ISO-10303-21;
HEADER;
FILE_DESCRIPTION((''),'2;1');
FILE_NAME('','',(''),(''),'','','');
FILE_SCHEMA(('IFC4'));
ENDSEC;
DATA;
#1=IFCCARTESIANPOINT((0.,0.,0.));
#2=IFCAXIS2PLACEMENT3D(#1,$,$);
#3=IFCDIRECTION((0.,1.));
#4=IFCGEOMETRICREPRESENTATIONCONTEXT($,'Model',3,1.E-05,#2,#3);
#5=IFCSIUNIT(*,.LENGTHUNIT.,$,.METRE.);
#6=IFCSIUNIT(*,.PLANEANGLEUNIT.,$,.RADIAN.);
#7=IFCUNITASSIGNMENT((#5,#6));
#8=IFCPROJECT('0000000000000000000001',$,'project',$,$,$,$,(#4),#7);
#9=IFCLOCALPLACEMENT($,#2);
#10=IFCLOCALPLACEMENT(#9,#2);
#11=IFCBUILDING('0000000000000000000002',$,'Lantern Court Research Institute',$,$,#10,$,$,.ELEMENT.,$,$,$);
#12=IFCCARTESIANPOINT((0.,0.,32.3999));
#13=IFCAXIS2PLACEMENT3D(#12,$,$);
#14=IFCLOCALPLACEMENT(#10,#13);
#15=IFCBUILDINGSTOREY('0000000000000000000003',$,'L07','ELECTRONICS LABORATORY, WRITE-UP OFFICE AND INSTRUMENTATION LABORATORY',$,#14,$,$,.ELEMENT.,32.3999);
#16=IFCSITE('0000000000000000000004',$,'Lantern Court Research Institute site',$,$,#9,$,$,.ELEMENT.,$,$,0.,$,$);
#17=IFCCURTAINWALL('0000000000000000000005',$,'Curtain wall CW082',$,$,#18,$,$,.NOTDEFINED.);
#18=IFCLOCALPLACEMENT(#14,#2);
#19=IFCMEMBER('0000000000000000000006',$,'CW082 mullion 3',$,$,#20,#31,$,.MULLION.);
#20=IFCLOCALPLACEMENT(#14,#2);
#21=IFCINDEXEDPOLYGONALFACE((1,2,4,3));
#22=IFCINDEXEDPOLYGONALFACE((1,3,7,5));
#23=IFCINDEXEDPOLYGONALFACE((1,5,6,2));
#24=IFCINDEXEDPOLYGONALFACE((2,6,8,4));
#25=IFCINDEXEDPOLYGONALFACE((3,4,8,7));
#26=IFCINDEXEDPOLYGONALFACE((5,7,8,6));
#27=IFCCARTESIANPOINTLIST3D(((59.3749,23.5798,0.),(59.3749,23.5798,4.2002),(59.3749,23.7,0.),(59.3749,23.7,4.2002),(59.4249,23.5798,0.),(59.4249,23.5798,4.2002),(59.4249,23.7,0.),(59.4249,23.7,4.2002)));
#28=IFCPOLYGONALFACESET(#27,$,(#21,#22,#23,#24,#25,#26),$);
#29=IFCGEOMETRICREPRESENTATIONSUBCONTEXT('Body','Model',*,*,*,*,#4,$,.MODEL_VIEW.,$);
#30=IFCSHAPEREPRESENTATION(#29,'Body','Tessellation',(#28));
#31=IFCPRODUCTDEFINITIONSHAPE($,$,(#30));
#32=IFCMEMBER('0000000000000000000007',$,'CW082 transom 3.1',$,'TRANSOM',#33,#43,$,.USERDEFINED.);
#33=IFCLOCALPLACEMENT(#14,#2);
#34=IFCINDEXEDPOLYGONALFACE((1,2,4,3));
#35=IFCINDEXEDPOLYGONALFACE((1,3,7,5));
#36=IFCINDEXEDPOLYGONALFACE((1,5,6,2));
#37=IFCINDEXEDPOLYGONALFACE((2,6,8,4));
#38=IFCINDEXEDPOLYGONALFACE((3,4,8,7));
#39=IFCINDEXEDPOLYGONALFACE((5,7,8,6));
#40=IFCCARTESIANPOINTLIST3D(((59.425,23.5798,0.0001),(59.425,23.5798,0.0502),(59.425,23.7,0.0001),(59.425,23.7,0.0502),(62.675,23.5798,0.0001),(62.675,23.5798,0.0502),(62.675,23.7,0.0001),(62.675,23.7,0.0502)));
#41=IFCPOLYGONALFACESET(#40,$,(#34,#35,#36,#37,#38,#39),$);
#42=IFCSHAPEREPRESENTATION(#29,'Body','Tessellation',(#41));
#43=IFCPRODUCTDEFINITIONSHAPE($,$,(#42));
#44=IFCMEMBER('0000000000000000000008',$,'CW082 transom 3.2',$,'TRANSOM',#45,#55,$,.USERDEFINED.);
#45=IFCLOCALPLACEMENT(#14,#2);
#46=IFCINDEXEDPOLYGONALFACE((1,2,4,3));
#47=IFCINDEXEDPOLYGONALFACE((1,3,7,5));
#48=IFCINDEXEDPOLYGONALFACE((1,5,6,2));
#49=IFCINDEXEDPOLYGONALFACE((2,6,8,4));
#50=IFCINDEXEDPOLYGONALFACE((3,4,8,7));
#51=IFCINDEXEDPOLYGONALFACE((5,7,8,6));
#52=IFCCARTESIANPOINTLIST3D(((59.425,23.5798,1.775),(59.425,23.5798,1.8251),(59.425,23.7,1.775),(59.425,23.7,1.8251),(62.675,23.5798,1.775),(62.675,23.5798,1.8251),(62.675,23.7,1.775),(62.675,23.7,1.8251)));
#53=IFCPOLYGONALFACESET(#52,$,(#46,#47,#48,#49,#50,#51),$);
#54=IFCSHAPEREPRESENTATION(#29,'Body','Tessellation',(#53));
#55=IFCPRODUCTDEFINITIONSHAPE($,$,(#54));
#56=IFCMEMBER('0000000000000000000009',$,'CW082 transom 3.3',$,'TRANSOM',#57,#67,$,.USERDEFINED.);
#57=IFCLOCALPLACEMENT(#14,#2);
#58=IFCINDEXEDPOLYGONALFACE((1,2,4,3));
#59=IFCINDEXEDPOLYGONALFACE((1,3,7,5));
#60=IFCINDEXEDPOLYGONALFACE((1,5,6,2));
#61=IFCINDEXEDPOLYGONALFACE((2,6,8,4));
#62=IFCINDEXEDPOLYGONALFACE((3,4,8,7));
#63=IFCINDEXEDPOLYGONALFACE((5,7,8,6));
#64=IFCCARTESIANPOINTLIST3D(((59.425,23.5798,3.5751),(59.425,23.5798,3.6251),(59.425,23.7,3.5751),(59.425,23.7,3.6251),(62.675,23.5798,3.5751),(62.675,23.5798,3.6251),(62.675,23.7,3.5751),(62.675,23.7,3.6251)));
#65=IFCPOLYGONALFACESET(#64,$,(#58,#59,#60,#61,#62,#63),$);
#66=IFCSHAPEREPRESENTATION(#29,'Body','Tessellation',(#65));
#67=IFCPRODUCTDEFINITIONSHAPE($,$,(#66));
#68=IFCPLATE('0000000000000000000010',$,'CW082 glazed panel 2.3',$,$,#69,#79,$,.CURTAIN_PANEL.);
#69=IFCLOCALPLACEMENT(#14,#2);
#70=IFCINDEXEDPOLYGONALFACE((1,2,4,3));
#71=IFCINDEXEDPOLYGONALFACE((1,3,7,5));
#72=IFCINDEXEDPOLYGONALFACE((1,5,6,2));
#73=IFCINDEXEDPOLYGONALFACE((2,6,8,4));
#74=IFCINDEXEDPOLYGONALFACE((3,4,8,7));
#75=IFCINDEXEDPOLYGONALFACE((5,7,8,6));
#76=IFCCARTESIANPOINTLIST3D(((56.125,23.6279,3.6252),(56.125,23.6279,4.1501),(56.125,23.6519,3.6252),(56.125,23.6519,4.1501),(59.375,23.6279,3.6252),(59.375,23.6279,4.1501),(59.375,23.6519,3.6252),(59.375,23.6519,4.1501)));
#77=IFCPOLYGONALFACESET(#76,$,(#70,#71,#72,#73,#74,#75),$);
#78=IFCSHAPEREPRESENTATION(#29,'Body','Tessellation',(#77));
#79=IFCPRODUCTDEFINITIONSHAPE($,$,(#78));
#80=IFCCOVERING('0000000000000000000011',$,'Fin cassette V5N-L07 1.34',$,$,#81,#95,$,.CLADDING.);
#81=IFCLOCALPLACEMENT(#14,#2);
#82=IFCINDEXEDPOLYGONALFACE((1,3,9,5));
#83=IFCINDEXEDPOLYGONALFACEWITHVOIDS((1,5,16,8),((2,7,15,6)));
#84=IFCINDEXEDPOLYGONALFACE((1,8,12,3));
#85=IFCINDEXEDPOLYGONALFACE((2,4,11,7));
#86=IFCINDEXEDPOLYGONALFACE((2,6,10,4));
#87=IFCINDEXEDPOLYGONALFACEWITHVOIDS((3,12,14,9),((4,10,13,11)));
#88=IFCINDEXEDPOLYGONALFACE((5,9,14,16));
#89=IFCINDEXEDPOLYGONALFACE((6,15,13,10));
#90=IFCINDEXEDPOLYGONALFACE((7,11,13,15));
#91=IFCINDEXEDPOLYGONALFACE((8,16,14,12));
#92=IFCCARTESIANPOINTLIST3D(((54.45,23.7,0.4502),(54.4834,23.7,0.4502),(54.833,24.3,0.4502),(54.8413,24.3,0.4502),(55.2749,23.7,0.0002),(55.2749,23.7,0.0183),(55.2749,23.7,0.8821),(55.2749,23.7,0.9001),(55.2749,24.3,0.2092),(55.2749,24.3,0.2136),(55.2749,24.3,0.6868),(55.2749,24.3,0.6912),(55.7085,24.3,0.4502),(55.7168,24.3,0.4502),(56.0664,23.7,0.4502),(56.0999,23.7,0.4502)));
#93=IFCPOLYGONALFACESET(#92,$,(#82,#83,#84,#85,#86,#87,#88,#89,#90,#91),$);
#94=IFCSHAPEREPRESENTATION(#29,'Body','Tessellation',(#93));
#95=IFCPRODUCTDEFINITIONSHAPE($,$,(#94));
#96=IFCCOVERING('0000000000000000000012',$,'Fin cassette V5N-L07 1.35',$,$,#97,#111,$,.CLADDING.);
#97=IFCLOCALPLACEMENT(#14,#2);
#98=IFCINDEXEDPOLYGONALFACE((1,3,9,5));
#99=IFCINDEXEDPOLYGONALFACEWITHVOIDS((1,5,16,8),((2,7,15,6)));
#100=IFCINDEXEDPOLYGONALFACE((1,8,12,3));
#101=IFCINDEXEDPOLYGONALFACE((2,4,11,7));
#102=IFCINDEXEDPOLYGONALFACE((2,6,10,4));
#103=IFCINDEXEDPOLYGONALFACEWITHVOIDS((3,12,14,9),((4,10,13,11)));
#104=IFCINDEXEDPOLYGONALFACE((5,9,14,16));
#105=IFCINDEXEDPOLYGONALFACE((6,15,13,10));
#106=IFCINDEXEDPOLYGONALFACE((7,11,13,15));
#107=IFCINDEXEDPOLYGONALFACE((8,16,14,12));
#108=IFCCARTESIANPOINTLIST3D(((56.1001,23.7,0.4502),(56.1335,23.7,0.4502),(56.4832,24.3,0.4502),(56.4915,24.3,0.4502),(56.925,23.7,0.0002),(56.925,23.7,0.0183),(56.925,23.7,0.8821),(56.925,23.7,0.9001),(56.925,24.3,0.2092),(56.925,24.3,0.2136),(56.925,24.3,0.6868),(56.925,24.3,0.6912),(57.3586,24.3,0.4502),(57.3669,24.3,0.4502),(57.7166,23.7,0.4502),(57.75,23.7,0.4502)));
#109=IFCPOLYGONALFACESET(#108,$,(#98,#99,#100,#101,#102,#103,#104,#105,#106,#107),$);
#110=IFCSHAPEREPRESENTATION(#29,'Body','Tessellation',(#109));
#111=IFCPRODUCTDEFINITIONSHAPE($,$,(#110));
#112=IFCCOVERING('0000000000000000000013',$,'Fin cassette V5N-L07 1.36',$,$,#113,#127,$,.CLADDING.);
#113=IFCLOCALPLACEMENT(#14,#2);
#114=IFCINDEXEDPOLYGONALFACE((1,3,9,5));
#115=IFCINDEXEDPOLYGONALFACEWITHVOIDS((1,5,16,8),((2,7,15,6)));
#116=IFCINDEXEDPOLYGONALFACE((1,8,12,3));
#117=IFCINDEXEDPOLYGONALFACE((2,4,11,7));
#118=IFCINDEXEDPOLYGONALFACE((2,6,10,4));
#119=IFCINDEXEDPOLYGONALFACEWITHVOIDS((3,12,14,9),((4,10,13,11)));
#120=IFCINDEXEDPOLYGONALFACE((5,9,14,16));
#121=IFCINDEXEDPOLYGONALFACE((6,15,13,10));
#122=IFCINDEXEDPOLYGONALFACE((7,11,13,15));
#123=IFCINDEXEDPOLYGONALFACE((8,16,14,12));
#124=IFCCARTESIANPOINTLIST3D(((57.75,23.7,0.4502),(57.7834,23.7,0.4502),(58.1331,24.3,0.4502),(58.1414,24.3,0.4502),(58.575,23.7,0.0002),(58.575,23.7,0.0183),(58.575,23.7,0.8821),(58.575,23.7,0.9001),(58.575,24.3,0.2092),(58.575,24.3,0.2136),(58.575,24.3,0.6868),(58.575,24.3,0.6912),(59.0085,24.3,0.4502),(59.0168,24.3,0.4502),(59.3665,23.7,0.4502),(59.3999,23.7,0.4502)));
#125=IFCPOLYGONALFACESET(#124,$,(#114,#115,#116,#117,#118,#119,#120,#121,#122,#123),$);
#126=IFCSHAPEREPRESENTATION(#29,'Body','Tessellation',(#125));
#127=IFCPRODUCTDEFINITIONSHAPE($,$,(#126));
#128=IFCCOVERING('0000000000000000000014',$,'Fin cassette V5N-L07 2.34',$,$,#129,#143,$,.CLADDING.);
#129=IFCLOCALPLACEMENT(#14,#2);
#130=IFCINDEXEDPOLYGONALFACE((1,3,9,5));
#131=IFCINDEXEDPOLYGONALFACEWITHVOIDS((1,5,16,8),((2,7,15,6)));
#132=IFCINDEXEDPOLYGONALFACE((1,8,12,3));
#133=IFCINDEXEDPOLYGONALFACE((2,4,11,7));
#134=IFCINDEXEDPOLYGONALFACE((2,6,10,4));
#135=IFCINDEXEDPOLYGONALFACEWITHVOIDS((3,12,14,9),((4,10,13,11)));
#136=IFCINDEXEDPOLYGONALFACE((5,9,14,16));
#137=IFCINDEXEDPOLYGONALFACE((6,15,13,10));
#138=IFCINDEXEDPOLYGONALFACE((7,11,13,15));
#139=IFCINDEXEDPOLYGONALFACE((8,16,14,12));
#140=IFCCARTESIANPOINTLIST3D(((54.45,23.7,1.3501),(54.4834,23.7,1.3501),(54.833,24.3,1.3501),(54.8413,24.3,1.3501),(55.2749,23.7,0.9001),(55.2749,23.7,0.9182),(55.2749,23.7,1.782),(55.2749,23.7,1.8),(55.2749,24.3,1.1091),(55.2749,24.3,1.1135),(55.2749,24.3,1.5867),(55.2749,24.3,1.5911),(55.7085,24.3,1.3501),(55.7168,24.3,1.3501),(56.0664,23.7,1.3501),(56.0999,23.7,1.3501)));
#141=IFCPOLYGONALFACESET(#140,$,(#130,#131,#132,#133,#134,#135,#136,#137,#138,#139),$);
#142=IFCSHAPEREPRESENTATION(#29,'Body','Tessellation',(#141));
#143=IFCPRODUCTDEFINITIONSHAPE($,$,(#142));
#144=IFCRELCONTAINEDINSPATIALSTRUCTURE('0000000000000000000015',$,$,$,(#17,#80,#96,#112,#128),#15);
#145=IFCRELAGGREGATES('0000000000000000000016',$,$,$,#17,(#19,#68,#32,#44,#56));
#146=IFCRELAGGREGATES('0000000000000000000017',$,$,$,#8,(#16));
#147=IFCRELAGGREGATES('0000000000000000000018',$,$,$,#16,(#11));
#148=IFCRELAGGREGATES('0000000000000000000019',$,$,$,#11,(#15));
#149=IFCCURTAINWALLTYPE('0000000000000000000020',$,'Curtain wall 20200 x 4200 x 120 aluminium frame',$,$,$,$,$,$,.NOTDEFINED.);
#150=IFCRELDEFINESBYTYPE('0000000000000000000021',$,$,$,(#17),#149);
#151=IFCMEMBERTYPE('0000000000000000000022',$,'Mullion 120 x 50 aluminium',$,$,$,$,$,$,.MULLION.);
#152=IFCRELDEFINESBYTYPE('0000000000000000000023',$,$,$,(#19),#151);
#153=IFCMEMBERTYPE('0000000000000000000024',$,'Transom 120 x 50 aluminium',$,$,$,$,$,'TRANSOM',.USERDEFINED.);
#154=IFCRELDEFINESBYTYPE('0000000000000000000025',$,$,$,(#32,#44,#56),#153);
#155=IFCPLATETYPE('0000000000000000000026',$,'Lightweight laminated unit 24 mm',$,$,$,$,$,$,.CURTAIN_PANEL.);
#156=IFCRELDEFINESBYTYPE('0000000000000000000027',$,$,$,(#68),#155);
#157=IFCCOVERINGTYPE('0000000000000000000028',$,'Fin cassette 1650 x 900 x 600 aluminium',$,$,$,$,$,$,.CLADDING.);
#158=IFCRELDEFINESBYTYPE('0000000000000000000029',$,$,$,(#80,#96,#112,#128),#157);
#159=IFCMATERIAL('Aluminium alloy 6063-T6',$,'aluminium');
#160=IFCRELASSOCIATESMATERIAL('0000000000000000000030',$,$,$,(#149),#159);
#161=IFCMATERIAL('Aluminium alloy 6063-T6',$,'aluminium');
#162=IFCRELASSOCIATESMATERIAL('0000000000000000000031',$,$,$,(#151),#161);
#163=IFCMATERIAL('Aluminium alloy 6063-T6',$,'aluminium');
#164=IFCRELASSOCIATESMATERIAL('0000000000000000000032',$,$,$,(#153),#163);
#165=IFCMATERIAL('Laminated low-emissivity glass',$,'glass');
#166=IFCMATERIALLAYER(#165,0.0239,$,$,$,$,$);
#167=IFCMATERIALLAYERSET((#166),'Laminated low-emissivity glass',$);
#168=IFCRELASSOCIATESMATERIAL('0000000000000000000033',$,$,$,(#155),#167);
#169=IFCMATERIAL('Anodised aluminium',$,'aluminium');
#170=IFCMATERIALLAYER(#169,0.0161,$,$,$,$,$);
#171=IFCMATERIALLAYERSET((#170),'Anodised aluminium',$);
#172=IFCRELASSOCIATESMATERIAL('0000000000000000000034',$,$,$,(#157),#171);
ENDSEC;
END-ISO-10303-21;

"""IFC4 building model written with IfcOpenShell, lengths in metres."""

from ifc_helpers import new_model, entity, si_unit, direction, frame, origin, origin_2d, place, context, subcontext, project, spatial, rectangle, extrude, material, layer, layer_set, material_profile, profile_set, type_object, element, aggregate, save


model = new_model("IFC4")

# Units and contexts
model_context = context("Model", 3, precision=1e-05, world=origin(), true_north=direction((0.0, 1.0)))
body_context = subcontext(model_context, "Body", "Model", "MODEL_VIEW")
ifc_project = project(units=[si_unit("LENGTHUNIT", "METRE"), si_unit("PLANEANGLEUNIT", "RADIAN")], contexts=[model_context])

# Site, building, storey
site_placement = place(None, origin())
site = spatial("IfcSite", under=ifc_project, at=site_placement, Name="Lantern Court Research Institute site", CompositionType="ELEMENT", RefElevation=0.0)
building_placement = place(site_placement, origin())
building = spatial("IfcBuilding", under=site, at=building_placement, Name="Lantern Court Research Institute", CompositionType="ELEMENT")
storey_placement = place(building_placement, frame((0.0, 0.0, 32.3999)))
storey = spatial("IfcBuildingStorey", under=building, at=storey_placement, Name="L07", Description="ELECTRONICS LABORATORY, WRITE-UP OFFICE AND INSTRUMENTATION LABORATORY", CompositionType="ELEMENT", Elevation=32.3999)

# Curtain wall, members, plate
ifc_material_1 = material(Name="Aluminium alloy 6063-T6", Category="aluminium")
curtain_wall_type = type_object("IfcCurtainWallType", Name="Curtain wall 20200 x 4200 x 120 aluminium frame", PredefinedType="NOTDEFINED", material=ifc_material_1)
curtain_wall_placement = place(storey_placement, origin())
curtain_wall = element("IfcCurtainWall", 1, at=curtain_wall_placement, inside=storey, type_object=curtain_wall_type, Name="Curtain wall CW082", PredefinedType="NOTDEFINED")
ifc_material_2 = material(Name="Aluminium alloy 6063-T6", Category="aluminium")
ifc_material_profile_1 = material_profile(ifc_material_2, rectangle(XDim=0.1201, YDim=0.05, at=origin_2d()), Name="Mullion 120 x 50")
ifc_profile_set_1 = profile_set([ifc_material_profile_1], Name="Aluminium alloy 6063-T6")
member_type_1 = type_object("IfcMemberType", Name="Mullion 120 x 50 aluminium", PredefinedType="MULLION", material=ifc_profile_set_1)
member_1_placement = place(storey_placement, frame((59.3999, 23.6399, 0.0), z_axis=(0.0, 0.0, 1.0), x_axis=(0.0, 1.0, 0.0)))
member_1 = element("IfcMember", 2, at=member_1_placement, type_object=member_type_1, Name="CW082 mullion 3", PredefinedType="MULLION", context=body_context, shape_type="SweptSolid", body=[
    extrude(rectangle(XDim=0.1201, YDim=0.05, at=origin_2d()), origin(), (0.0, 0.0, 1.0), 4.2002),
])
ifc_material_3 = material(Name="Aluminium alloy 6063-T6", Category="aluminium")
ifc_material_profile_2 = material_profile(ifc_material_3, rectangle(XDim=0.1201, YDim=0.05, at=origin_2d()), Name="Transom 120 x 50")
ifc_profile_set_2 = profile_set([ifc_material_profile_2], Name="Aluminium alloy 6063-T6")
member_type_2 = type_object("IfcMemberType", Name="Transom 120 x 50 aluminium", ElementType="TRANSOM", PredefinedType="USERDEFINED", material=ifc_profile_set_2)
member_2_placement = place(storey_placement, frame((59.425, 23.6399, 0.0251), z_axis=(1.0, 0.0, 0.0), x_axis=(0.0, 1.0, 0.0)))
member_2 = element("IfcMember", 3, at=member_2_placement, type_object=member_type_2, Name="CW082 transom 3.1", ObjectType="TRANSOM", PredefinedType="USERDEFINED", context=body_context, shape_type="SweptSolid", body=[
    extrude(rectangle(XDim=0.1201, YDim=0.05, at=origin_2d()), origin(), (0.0, 0.0, 1.0), 3.25),
])
member_3_placement = place(storey_placement, frame((59.425, 23.6399, 1.8), z_axis=(1.0, 0.0, 0.0), x_axis=(0.0, 1.0, 0.0)))
member_3 = element("IfcMember", 4, at=member_3_placement, type_object=member_type_2, Name="CW082 transom 3.2", ObjectType="TRANSOM", PredefinedType="USERDEFINED", context=body_context, shape_type="SweptSolid", body=[
    extrude(rectangle(XDim=0.1201, YDim=0.05, at=origin_2d()), origin(), (0.0, 0.0, 1.0), 3.25),
])
member_4_placement = place(storey_placement, frame((59.425, 23.6399, 3.6001), z_axis=(1.0, 0.0, 0.0), x_axis=(0.0, 1.0, 0.0)))
member_4 = element("IfcMember", 5, at=member_4_placement, type_object=member_type_2, Name="CW082 transom 3.3", ObjectType="TRANSOM", PredefinedType="USERDEFINED", context=body_context, shape_type="SweptSolid", body=[
    extrude(rectangle(XDim=0.1201, YDim=0.05, at=origin_2d()), origin(), (0.0, 0.0, 1.0), 3.25),
])
ifc_material_4 = material(Name="Laminated low-emissivity glass", Category="glass")
ifc_layer_1 = layer(ifc_material_4, 0.0239)
ifc_layer_set_1 = layer_set([ifc_layer_1], Name="Laminated low-emissivity glass")
plate_type = type_object("IfcPlateType", Name="Lightweight laminated unit 24 mm", PredefinedType="CURTAIN_PANEL", material=ifc_layer_set_1)
plate_placement = place(storey_placement, frame((57.75, 23.6399, 3.6252), z_axis=(0.0, 0.0, 1.0), x_axis=(1.0, 0.0, 0.0)))
plate = element("IfcPlate", 6, at=plate_placement, type_object=plate_type, Name="CW082 glazed panel 2.3", PredefinedType="CURTAIN_PANEL", context=body_context, shape_type="SweptSolid", body=[
    extrude(rectangle(XDim=3.25, YDim=0.0239, at=origin_2d()), origin(), (0.0, 0.0, 1.0), 0.5249),
])
aggregate(curtain_wall, [member_1, plate, member_2, member_3, member_4])

# Coverings
ifc_material_5 = material(Name="Anodised aluminium", Category="aluminium")
ifc_layer_2 = layer(ifc_material_5, 0.0161)
ifc_layer_set_2 = layer_set([ifc_layer_2], Name="Anodised aluminium")
covering_type = type_object("IfcCoveringType", Name="Fin cassette 1650 x 900 x 600 aluminium", PredefinedType="CLADDING", material=ifc_layer_set_2)
covering_1_placement = place(storey_placement, frame((55.2749, 23.7, 0.4502), z_axis=(0.0, 1.0, 0.0), x_axis=(-1.0, 0.0, 0.0)))
cartesian_point_1 = entity("IfcCartesianPoint", [0.825, 0.0])
cartesian_point_2 = entity("IfcCartesianPoint", [0.7915, 0.0])
cartesian_point_3 = entity("IfcCartesianPoint", [0.4419, 0.0])
cartesian_point_4 = entity("IfcCartesianPoint", [0.4336, 0.0])
element("IfcCovering", 7, at=covering_1_placement, inside=storey, type_object=covering_type, Name="Fin cassette V5N-L07 1.34", PredefinedType="CLADDING", context=body_context, shape_type="SweptSolid", body=[
    entity("IfcExtrudedAreaSolidTapered", entity("IfcArbitraryProfileDefWithVoids", "AREA", None, entity("IfcPolyline", [cartesian_point_1, entity("IfcCartesianPoint", [0.0, 0.45]), entity("IfcCartesianPoint", [-0.825, 0.0]), entity("IfcCartesianPoint", [0.0, -0.45]), cartesian_point_1]), [entity("IfcPolyline", [cartesian_point_2, entity("IfcCartesianPoint", [0.0, 0.4319]), entity("IfcCartesianPoint", [-0.7915, 0.0]), entity("IfcCartesianPoint", [0.0, -0.4319]), cartesian_point_2])]), entity("IfcAxis2Placement3D", entity("IfcCartesianPoint", [0.0, 0.0, 0.0])), entity("IfcDirection", [0.0, 0.0, 1.0]), 0.6001, entity("IfcArbitraryProfileDefWithVoids", "AREA", None, entity("IfcPolyline", [cartesian_point_3, entity("IfcCartesianPoint", [0.0, 0.241]), entity("IfcCartesianPoint", [-0.4419, 0.0]), entity("IfcCartesianPoint", [0.0, -0.241]), cartesian_point_3]), [entity("IfcPolyline", [cartesian_point_4, entity("IfcCartesianPoint", [0.0, 0.2366]), entity("IfcCartesianPoint", [-0.4336, 0.0]), entity("IfcCartesianPoint", [0.0, -0.2366]), cartesian_point_4])])),
])
covering_2_placement = place(storey_placement, frame((56.925, 23.7, 0.4502), z_axis=(0.0, 1.0, 0.0), x_axis=(-1.0, 0.0, 0.0)))
cartesian_point_5 = entity("IfcCartesianPoint", [0.825, 0.0])
cartesian_point_6 = entity("IfcCartesianPoint", [0.7915, 0.0])
cartesian_point_7 = entity("IfcCartesianPoint", [0.4419, 0.0])
cartesian_point_8 = entity("IfcCartesianPoint", [0.4336, 0.0])
element("IfcCovering", 8, at=covering_2_placement, inside=storey, type_object=covering_type, Name="Fin cassette V5N-L07 1.35", PredefinedType="CLADDING", context=body_context, shape_type="SweptSolid", body=[
    entity("IfcExtrudedAreaSolidTapered", entity("IfcArbitraryProfileDefWithVoids", "AREA", None, entity("IfcPolyline", [cartesian_point_5, entity("IfcCartesianPoint", [0.0, 0.45]), entity("IfcCartesianPoint", [-0.825, 0.0]), entity("IfcCartesianPoint", [0.0, -0.45]), cartesian_point_5]), [entity("IfcPolyline", [cartesian_point_6, entity("IfcCartesianPoint", [0.0, 0.4319]), entity("IfcCartesianPoint", [-0.7915, 0.0]), entity("IfcCartesianPoint", [0.0, -0.4319]), cartesian_point_6])]), entity("IfcAxis2Placement3D", entity("IfcCartesianPoint", [0.0, 0.0, 0.0])), entity("IfcDirection", [0.0, 0.0, 1.0]), 0.6001, entity("IfcArbitraryProfileDefWithVoids", "AREA", None, entity("IfcPolyline", [cartesian_point_7, entity("IfcCartesianPoint", [0.0, 0.241]), entity("IfcCartesianPoint", [-0.4419, 0.0]), entity("IfcCartesianPoint", [0.0, -0.241]), cartesian_point_7]), [entity("IfcPolyline", [cartesian_point_8, entity("IfcCartesianPoint", [0.0, 0.2366]), entity("IfcCartesianPoint", [-0.4336, 0.0]), entity("IfcCartesianPoint", [0.0, -0.2366]), cartesian_point_8])])),
])
covering_3_placement = place(storey_placement, frame((58.575, 23.7, 0.4502), z_axis=(0.0, 1.0, 0.0), x_axis=(-1.0, 0.0, 0.0)))
cartesian_point_9 = entity("IfcCartesianPoint", [0.825, 0.0])
cartesian_point_10 = entity("IfcCartesianPoint", [0.7915, 0.0])
cartesian_point_11 = entity("IfcCartesianPoint", [0.4419, 0.0])
cartesian_point_12 = entity("IfcCartesianPoint", [0.4336, 0.0])
element("IfcCovering", 9, at=covering_3_placement, inside=storey, type_object=covering_type, Name="Fin cassette V5N-L07 1.36", PredefinedType="CLADDING", context=body_context, shape_type="SweptSolid", body=[
    entity("IfcExtrudedAreaSolidTapered", entity("IfcArbitraryProfileDefWithVoids", "AREA", None, entity("IfcPolyline", [cartesian_point_9, entity("IfcCartesianPoint", [0.0, 0.45]), entity("IfcCartesianPoint", [-0.825, 0.0]), entity("IfcCartesianPoint", [0.0, -0.45]), cartesian_point_9]), [entity("IfcPolyline", [cartesian_point_10, entity("IfcCartesianPoint", [0.0, 0.4319]), entity("IfcCartesianPoint", [-0.7915, 0.0]), entity("IfcCartesianPoint", [0.0, -0.4319]), cartesian_point_10])]), entity("IfcAxis2Placement3D", entity("IfcCartesianPoint", [0.0, 0.0, 0.0])), entity("IfcDirection", [0.0, 0.0, 1.0]), 0.6001, entity("IfcArbitraryProfileDefWithVoids", "AREA", None, entity("IfcPolyline", [cartesian_point_11, entity("IfcCartesianPoint", [0.0, 0.241]), entity("IfcCartesianPoint", [-0.4419, 0.0]), entity("IfcCartesianPoint", [0.0, -0.241]), cartesian_point_11]), [entity("IfcPolyline", [cartesian_point_12, entity("IfcCartesianPoint", [0.0, 0.2366]), entity("IfcCartesianPoint", [-0.4336, 0.0]), entity("IfcCartesianPoint", [0.0, -0.2366]), cartesian_point_12])])),
])
covering_4_placement = place(storey_placement, frame((55.2749, 23.7, 1.3501), z_axis=(0.0, 1.0, 0.0), x_axis=(-1.0, 0.0, 0.0)))
cartesian_point_13 = entity("IfcCartesianPoint", [0.825, 0.0])
cartesian_point_14 = entity("IfcCartesianPoint", [0.7915, 0.0])
cartesian_point_15 = entity("IfcCartesianPoint", [0.4419, 0.0])
cartesian_point_16 = entity("IfcCartesianPoint", [0.4336, 0.0])
element("IfcCovering", 10, at=covering_4_placement, inside=storey, type_object=covering_type, Name="Fin cassette V5N-L07 2.34", PredefinedType="CLADDING", context=body_context, shape_type="SweptSolid", body=[
    entity("IfcExtrudedAreaSolidTapered", entity("IfcArbitraryProfileDefWithVoids", "AREA", None, entity("IfcPolyline", [cartesian_point_13, entity("IfcCartesianPoint", [0.0, 0.45]), entity("IfcCartesianPoint", [-0.825, 0.0]), entity("IfcCartesianPoint", [0.0, -0.45]), cartesian_point_13]), [entity("IfcPolyline", [cartesian_point_14, entity("IfcCartesianPoint", [0.0, 0.4319]), entity("IfcCartesianPoint", [-0.7915, 0.0]), entity("IfcCartesianPoint", [0.0, -0.4319]), cartesian_point_14])]), entity("IfcAxis2Placement3D", entity("IfcCartesianPoint", [0.0, 0.0, 0.0])), entity("IfcDirection", [0.0, 0.0, 1.0]), 0.6001, entity("IfcArbitraryProfileDefWithVoids", "AREA", None, entity("IfcPolyline", [cartesian_point_15, entity("IfcCartesianPoint", [0.0, 0.241]), entity("IfcCartesianPoint", [-0.4419, 0.0]), entity("IfcCartesianPoint", [0.0, -0.241]), cartesian_point_15]), [entity("IfcPolyline", [cartesian_point_16, entity("IfcCartesianPoint", [0.0, 0.2366]), entity("IfcCartesianPoint", [-0.4336, 0.0]), entity("IfcCartesianPoint", [0.0, -0.2366]), cartesian_point_16])])),
])

save(model, "model.ifc")
